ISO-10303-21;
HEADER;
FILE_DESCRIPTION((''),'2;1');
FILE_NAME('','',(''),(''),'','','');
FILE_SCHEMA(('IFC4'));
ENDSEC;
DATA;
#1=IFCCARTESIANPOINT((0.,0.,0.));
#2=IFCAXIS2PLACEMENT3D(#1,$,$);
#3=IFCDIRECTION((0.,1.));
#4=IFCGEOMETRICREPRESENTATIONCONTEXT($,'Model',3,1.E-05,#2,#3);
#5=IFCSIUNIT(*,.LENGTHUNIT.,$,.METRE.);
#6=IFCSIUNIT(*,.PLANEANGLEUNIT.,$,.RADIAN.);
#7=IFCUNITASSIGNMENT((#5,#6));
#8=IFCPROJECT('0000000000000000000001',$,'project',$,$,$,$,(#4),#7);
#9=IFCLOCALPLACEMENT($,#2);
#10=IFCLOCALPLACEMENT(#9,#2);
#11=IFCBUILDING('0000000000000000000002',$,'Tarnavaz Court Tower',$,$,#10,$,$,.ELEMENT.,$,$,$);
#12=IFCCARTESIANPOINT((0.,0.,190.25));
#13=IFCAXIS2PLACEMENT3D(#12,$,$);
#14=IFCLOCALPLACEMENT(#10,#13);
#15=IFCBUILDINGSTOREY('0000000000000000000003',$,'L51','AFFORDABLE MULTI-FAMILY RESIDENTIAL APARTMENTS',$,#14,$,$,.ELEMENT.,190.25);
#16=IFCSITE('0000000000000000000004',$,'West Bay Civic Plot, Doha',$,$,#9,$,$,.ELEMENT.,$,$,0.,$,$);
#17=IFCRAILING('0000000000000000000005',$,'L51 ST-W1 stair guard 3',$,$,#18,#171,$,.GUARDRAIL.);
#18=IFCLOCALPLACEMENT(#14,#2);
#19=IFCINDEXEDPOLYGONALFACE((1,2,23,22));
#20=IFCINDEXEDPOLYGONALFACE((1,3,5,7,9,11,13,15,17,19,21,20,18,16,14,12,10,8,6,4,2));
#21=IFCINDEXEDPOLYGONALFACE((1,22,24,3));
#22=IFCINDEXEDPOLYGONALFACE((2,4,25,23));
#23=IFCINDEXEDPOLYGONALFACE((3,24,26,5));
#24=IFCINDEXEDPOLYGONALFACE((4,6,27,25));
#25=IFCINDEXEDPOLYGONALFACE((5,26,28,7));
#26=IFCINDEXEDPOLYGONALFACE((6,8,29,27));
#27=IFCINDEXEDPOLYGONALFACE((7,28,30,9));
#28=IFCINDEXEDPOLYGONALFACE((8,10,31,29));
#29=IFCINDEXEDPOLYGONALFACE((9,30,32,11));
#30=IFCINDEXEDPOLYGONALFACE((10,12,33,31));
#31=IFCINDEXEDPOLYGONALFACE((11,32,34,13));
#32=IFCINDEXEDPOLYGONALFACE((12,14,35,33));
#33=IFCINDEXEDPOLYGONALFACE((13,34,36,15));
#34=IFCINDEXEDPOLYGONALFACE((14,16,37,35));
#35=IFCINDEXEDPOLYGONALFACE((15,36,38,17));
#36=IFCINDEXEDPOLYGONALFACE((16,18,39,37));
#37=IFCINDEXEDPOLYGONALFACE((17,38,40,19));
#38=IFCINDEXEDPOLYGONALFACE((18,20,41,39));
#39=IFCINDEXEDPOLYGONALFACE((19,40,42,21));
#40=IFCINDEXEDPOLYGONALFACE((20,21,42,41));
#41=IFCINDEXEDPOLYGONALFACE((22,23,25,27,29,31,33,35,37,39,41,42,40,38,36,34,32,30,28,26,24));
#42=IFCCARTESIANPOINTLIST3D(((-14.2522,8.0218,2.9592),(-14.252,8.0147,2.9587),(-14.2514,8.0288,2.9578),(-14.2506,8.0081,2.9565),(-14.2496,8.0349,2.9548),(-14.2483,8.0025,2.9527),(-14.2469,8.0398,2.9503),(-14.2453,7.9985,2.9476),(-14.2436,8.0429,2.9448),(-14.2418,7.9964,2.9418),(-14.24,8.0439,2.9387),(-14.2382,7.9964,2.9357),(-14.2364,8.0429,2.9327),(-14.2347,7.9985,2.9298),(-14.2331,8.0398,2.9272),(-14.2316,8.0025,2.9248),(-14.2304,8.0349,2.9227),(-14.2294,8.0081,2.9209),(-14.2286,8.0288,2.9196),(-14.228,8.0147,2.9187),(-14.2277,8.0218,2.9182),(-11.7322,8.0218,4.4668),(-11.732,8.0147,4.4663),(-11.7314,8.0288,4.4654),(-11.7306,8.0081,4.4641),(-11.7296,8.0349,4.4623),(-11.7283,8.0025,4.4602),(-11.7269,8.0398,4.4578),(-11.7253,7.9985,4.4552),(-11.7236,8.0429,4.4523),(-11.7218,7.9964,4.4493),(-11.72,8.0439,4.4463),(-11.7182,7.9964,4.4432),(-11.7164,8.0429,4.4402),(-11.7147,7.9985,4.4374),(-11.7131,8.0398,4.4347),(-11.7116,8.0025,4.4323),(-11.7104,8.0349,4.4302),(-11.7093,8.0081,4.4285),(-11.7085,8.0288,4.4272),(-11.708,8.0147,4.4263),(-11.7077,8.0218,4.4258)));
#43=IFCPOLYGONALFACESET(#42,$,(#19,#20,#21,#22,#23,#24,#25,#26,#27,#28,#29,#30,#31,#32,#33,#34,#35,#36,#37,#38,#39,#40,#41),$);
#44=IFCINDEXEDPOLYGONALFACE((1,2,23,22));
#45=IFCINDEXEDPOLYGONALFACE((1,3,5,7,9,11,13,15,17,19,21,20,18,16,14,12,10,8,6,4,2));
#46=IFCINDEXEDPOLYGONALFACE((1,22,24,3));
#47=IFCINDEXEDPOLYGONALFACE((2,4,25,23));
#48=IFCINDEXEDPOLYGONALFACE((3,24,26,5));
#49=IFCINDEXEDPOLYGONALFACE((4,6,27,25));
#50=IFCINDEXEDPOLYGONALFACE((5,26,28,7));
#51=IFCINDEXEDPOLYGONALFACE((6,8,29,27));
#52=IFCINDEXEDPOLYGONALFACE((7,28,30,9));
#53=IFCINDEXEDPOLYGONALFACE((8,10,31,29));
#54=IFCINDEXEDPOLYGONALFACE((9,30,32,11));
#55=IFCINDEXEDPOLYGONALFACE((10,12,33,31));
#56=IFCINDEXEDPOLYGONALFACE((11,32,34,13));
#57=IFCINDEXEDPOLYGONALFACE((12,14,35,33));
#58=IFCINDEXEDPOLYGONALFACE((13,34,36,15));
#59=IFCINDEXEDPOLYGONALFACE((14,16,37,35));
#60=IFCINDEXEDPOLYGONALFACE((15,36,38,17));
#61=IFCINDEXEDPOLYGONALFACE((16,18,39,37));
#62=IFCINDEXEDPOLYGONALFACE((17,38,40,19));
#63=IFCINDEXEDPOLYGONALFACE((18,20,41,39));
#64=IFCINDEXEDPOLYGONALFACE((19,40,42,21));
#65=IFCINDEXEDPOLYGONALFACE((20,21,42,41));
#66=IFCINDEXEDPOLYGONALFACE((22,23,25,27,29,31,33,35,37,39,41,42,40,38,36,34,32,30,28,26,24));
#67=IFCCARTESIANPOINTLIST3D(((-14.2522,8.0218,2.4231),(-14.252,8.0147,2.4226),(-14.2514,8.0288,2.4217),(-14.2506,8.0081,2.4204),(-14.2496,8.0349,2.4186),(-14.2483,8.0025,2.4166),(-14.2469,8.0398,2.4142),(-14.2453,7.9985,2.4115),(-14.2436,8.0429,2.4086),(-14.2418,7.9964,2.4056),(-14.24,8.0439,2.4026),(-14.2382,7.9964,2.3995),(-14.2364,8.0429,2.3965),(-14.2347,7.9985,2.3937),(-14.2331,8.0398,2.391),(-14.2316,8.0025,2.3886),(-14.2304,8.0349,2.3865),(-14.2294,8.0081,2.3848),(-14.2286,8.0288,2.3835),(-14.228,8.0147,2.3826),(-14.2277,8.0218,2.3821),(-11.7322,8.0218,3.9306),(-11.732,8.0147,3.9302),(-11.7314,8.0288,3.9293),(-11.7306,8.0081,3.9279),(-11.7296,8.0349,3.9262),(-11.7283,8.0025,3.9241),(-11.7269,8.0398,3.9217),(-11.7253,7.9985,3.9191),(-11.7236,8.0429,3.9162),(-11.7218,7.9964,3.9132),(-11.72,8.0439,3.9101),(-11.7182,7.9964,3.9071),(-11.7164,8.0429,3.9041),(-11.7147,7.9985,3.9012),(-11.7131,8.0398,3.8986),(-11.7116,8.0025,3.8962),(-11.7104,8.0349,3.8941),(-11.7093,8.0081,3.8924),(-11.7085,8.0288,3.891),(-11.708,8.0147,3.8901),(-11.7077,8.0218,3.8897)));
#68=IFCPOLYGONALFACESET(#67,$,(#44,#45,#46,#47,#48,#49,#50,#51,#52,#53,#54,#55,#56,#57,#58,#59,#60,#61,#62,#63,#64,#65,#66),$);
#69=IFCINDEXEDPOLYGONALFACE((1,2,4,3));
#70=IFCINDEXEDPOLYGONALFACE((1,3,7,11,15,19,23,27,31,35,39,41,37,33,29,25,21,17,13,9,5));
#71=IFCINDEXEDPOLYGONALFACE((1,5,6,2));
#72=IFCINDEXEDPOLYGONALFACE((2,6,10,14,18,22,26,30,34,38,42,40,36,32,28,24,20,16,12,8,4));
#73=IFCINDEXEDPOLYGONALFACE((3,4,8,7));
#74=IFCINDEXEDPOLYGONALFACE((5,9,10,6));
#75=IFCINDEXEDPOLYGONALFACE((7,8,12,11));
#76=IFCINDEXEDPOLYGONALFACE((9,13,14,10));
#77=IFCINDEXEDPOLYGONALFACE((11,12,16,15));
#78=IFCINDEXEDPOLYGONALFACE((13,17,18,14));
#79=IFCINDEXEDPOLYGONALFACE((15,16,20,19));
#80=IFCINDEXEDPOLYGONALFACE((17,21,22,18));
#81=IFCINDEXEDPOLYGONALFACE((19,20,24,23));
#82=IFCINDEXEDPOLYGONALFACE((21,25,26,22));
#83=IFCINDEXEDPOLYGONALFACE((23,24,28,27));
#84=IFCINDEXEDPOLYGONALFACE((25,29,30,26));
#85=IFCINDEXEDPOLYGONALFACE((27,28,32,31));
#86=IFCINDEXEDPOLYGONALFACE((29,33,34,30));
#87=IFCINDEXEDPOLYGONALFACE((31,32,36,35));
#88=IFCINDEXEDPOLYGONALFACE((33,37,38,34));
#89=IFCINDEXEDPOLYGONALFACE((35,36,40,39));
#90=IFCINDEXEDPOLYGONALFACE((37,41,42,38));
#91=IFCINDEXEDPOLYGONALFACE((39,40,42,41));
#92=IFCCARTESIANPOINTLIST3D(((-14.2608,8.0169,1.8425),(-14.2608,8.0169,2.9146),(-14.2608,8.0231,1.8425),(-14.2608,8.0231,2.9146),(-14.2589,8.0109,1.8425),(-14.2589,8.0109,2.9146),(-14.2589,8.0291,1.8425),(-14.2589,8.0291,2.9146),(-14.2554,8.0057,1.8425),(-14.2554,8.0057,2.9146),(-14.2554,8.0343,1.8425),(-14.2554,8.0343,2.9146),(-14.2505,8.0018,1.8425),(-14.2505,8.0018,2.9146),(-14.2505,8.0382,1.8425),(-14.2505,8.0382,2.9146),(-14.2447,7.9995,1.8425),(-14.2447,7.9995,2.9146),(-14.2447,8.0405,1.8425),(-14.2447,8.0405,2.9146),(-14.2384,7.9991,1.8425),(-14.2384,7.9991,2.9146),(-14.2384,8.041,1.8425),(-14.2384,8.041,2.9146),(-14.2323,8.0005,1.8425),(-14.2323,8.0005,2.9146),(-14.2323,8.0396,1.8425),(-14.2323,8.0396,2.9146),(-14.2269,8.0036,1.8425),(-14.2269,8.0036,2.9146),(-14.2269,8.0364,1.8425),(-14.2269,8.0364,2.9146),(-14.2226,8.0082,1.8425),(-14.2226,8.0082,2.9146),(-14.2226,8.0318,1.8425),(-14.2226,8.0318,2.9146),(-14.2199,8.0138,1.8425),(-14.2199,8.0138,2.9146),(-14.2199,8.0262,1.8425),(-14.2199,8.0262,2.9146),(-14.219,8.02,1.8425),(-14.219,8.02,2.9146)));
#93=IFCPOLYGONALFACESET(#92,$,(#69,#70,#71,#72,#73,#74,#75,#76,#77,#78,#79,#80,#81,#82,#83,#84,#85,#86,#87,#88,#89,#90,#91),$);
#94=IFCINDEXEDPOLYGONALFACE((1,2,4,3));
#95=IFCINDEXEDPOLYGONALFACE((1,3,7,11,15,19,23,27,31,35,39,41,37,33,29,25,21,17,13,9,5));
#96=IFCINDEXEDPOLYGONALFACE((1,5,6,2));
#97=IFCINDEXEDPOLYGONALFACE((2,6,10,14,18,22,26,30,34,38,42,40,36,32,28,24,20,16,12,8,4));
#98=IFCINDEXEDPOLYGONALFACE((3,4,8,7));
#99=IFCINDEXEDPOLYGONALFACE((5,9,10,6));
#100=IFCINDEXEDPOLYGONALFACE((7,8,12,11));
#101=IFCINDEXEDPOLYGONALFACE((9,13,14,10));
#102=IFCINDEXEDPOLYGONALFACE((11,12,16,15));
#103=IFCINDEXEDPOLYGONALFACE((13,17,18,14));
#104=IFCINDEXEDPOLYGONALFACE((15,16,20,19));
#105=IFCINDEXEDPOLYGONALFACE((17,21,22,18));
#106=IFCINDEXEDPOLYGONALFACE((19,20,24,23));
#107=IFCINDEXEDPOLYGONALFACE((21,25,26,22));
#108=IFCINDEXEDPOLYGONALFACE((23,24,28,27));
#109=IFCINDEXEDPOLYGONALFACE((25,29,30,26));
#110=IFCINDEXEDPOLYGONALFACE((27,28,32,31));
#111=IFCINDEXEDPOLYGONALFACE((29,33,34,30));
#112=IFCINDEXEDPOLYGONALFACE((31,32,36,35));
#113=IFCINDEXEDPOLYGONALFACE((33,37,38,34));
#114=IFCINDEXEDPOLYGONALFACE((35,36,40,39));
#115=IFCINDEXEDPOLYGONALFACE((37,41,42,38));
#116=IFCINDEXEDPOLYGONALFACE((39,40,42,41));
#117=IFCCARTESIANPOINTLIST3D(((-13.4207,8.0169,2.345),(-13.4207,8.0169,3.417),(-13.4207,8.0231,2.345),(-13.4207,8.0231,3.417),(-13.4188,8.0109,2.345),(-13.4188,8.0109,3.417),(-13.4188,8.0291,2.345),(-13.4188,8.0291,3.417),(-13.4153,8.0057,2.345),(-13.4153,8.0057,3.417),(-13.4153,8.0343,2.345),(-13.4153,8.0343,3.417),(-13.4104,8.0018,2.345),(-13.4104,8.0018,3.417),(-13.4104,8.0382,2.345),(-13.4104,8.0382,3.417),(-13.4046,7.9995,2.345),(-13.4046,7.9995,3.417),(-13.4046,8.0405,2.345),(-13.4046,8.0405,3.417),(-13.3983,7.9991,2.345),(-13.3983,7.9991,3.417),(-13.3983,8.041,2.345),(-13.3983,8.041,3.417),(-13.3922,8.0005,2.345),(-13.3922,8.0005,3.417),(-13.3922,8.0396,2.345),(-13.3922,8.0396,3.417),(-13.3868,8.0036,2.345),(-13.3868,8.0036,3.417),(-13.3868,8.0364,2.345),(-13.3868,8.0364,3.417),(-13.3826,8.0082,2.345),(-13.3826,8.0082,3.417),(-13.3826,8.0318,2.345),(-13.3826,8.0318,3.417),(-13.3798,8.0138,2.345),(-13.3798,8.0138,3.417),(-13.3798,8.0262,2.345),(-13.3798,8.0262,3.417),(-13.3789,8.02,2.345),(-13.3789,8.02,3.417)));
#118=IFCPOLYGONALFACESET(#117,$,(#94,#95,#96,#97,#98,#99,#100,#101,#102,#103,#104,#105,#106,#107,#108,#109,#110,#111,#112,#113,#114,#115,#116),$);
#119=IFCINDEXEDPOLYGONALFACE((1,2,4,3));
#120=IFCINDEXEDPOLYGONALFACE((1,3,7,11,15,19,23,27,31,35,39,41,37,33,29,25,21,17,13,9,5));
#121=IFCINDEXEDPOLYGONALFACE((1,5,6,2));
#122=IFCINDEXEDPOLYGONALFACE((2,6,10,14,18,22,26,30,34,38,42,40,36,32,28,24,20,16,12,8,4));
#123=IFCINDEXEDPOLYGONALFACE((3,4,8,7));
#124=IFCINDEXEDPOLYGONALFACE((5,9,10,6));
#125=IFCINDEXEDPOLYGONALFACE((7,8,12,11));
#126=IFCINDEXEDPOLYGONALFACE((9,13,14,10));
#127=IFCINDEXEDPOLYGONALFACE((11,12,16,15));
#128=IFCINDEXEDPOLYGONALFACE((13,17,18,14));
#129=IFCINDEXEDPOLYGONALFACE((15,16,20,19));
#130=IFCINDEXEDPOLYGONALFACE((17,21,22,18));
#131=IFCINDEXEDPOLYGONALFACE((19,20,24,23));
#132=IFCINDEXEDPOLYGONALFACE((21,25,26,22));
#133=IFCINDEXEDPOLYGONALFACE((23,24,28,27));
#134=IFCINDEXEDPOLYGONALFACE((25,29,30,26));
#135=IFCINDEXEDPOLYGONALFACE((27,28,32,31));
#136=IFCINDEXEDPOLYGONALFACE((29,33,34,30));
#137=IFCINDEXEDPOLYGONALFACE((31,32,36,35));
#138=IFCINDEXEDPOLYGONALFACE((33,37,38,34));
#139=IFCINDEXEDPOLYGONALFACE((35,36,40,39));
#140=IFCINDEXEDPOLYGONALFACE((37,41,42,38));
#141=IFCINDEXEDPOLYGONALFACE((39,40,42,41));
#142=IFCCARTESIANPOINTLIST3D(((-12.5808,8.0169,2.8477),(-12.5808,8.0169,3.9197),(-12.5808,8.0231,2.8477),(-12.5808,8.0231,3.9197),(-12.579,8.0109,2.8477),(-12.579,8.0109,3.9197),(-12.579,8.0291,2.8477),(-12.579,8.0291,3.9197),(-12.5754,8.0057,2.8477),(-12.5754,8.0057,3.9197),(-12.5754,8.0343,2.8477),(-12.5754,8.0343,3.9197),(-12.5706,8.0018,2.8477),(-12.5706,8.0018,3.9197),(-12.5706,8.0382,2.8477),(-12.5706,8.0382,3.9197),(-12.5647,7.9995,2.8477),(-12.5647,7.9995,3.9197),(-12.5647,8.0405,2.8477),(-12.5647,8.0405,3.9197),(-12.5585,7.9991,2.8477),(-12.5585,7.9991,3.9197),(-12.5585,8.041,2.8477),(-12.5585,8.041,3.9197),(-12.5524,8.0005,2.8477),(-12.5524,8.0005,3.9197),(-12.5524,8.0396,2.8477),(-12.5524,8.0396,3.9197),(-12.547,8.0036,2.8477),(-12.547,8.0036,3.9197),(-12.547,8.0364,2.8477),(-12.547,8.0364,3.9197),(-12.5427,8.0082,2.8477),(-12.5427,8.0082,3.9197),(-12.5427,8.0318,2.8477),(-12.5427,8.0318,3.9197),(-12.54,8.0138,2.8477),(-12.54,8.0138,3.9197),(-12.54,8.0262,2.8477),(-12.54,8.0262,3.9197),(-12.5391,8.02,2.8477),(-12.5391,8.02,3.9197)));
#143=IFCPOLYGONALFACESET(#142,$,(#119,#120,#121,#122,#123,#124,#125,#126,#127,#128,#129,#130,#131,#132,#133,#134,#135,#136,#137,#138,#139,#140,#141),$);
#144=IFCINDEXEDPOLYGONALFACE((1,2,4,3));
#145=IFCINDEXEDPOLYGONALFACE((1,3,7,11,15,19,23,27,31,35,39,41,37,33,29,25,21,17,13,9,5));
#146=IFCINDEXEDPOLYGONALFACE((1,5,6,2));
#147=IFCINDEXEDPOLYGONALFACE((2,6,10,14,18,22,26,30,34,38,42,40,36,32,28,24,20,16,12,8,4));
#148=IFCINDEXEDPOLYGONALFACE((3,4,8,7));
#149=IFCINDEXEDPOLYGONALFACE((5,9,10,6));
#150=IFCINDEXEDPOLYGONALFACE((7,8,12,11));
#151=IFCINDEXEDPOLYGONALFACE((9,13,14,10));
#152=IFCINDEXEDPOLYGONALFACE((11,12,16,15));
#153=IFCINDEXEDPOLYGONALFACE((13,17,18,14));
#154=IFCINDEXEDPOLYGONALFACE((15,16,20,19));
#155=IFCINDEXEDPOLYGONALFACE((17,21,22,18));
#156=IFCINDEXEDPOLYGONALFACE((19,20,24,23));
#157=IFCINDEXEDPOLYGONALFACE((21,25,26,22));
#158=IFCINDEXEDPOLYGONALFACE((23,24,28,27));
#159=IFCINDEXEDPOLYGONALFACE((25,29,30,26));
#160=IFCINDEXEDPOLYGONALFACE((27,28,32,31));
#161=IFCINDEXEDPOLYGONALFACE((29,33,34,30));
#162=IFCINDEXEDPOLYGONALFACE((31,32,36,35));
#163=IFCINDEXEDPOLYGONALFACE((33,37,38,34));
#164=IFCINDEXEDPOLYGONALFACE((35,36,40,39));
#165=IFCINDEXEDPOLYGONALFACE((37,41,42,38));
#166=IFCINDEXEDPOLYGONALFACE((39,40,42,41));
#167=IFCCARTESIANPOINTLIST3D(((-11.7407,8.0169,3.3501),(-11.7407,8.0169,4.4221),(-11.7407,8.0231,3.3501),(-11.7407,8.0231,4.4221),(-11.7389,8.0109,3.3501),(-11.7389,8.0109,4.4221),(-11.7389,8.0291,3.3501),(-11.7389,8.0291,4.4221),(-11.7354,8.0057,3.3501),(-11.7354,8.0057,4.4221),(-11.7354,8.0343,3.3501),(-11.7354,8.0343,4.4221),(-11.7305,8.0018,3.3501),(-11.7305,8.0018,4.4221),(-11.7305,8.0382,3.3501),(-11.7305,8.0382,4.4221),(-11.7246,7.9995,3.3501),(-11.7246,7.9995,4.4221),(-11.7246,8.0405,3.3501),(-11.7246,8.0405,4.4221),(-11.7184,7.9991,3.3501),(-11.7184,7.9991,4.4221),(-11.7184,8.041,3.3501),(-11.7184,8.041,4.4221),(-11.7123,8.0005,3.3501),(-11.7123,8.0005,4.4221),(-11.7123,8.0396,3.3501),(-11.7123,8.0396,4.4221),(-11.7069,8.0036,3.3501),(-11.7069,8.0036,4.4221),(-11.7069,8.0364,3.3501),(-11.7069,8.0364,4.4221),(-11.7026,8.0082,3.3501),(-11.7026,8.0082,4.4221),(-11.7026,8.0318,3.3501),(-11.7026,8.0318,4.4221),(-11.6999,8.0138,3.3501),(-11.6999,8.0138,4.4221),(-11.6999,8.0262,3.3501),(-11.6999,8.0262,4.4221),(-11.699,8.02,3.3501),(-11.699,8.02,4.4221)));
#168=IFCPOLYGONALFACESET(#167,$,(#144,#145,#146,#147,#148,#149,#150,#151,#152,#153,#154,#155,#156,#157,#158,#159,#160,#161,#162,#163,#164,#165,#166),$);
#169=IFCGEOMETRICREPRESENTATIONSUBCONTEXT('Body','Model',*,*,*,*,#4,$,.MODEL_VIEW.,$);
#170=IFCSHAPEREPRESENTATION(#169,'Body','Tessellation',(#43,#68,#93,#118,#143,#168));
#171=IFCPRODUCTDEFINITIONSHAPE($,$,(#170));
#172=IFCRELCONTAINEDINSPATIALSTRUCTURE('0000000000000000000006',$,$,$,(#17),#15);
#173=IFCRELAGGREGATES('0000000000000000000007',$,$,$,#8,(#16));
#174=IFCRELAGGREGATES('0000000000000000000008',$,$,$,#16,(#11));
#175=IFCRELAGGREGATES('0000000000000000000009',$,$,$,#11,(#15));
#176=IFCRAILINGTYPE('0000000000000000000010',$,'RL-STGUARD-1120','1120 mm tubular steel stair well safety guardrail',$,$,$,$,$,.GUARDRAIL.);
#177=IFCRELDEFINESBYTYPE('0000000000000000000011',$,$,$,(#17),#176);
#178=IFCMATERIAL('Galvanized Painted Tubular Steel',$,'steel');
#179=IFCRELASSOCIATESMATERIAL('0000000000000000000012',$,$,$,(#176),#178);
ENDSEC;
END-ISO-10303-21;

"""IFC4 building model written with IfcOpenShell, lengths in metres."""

from ifc_helpers import new_model, si_unit, direction, frame, origin, origin_2d, place, context, subcontext, project, spatial, circle, extrude, material, type_object, element, save


model = new_model("IFC4")

# Units and contexts
model_context = context("Model", 3, precision=1e-05, world=origin(), true_north=direction((0.0, 1.0)))
body_context = subcontext(model_context, "Body", "Model", "MODEL_VIEW")
ifc_project = project(units=[si_unit("LENGTHUNIT", "METRE"), si_unit("PLANEANGLEUNIT", "RADIAN")], contexts=[model_context])

# Site, building, storey
site_placement = place(None, origin())
site = spatial("IfcSite", under=ifc_project, at=site_placement, Name="West Bay Civic Plot, Doha", CompositionType="ELEMENT", RefElevation=0.0)
building_placement = place(site_placement, origin())
building = spatial("IfcBuilding", under=site, at=building_placement, Name="Tarnavaz Court Tower", CompositionType="ELEMENT")
storey_placement = place(building_placement, frame((0.0, 0.0, 190.25)))
storey = spatial("IfcBuildingStorey", under=building, at=storey_placement, Name="L51", Description="AFFORDABLE MULTI-FAMILY RESIDENTIAL APARTMENTS", CompositionType="ELEMENT", Elevation=190.25)

# Railing
ifc_material_1 = material(Name="Galvanized Painted Tubular Steel", Category="steel")
railing_type_1 = type_object("IfcRailingType", Name="RL-STGUARD-1120", Description="1120 mm tubular steel stair well safety guardrail", PredefinedType="GUARDRAIL", material=ifc_material_1)
railing_1_placement = place(storey_placement, frame((-14.24, 8.02, 1.8425)))
element("IfcRailing", 1, at=railing_1_placement, inside=storey, type_object=railing_type_1, Name="L51 ST-W1 stair guard 3", PredefinedType="GUARDRAIL", context=body_context, shape_type="SweptSolid", body=[
    extrude(circle(Radius=0.0239, at=origin_2d()), frame((0.0, 0.0, 1.0962), z_axis=(0.85816, 0.0, 0.513383), x_axis=(0.0, 1.0, 0.0)), (0.0, 0.0, 1.0), 2.9365),
    extrude(circle(Radius=0.0239, at=origin_2d()), frame((0.0, 0.0, 0.5601), z_axis=(0.85816, 0.0, 0.513383), x_axis=(0.0, 1.0, 0.0)), (0.0, 0.0, 1.0), 2.9365),
    extrude(circle(Radius=0.021, at=origin_2d()), origin(), (0.0, 0.0, 1.0), 1.072),
    extrude(circle(Radius=0.021, at=origin_2d()), frame((0.8401, 0.0, 0.5024)), (0.0, 0.0, 1.0), 1.072),
    extrude(circle(Radius=0.021, at=origin_2d()), frame((1.6799, 0.0, 1.0051)), (0.0, 0.0, 1.0), 1.072),
    extrude(circle(Radius=0.021, at=origin_2d()), frame((2.52, 0.0, 1.5076)), (0.0, 0.0, 1.0), 1.072),
])

save(model, "model.ifc")
